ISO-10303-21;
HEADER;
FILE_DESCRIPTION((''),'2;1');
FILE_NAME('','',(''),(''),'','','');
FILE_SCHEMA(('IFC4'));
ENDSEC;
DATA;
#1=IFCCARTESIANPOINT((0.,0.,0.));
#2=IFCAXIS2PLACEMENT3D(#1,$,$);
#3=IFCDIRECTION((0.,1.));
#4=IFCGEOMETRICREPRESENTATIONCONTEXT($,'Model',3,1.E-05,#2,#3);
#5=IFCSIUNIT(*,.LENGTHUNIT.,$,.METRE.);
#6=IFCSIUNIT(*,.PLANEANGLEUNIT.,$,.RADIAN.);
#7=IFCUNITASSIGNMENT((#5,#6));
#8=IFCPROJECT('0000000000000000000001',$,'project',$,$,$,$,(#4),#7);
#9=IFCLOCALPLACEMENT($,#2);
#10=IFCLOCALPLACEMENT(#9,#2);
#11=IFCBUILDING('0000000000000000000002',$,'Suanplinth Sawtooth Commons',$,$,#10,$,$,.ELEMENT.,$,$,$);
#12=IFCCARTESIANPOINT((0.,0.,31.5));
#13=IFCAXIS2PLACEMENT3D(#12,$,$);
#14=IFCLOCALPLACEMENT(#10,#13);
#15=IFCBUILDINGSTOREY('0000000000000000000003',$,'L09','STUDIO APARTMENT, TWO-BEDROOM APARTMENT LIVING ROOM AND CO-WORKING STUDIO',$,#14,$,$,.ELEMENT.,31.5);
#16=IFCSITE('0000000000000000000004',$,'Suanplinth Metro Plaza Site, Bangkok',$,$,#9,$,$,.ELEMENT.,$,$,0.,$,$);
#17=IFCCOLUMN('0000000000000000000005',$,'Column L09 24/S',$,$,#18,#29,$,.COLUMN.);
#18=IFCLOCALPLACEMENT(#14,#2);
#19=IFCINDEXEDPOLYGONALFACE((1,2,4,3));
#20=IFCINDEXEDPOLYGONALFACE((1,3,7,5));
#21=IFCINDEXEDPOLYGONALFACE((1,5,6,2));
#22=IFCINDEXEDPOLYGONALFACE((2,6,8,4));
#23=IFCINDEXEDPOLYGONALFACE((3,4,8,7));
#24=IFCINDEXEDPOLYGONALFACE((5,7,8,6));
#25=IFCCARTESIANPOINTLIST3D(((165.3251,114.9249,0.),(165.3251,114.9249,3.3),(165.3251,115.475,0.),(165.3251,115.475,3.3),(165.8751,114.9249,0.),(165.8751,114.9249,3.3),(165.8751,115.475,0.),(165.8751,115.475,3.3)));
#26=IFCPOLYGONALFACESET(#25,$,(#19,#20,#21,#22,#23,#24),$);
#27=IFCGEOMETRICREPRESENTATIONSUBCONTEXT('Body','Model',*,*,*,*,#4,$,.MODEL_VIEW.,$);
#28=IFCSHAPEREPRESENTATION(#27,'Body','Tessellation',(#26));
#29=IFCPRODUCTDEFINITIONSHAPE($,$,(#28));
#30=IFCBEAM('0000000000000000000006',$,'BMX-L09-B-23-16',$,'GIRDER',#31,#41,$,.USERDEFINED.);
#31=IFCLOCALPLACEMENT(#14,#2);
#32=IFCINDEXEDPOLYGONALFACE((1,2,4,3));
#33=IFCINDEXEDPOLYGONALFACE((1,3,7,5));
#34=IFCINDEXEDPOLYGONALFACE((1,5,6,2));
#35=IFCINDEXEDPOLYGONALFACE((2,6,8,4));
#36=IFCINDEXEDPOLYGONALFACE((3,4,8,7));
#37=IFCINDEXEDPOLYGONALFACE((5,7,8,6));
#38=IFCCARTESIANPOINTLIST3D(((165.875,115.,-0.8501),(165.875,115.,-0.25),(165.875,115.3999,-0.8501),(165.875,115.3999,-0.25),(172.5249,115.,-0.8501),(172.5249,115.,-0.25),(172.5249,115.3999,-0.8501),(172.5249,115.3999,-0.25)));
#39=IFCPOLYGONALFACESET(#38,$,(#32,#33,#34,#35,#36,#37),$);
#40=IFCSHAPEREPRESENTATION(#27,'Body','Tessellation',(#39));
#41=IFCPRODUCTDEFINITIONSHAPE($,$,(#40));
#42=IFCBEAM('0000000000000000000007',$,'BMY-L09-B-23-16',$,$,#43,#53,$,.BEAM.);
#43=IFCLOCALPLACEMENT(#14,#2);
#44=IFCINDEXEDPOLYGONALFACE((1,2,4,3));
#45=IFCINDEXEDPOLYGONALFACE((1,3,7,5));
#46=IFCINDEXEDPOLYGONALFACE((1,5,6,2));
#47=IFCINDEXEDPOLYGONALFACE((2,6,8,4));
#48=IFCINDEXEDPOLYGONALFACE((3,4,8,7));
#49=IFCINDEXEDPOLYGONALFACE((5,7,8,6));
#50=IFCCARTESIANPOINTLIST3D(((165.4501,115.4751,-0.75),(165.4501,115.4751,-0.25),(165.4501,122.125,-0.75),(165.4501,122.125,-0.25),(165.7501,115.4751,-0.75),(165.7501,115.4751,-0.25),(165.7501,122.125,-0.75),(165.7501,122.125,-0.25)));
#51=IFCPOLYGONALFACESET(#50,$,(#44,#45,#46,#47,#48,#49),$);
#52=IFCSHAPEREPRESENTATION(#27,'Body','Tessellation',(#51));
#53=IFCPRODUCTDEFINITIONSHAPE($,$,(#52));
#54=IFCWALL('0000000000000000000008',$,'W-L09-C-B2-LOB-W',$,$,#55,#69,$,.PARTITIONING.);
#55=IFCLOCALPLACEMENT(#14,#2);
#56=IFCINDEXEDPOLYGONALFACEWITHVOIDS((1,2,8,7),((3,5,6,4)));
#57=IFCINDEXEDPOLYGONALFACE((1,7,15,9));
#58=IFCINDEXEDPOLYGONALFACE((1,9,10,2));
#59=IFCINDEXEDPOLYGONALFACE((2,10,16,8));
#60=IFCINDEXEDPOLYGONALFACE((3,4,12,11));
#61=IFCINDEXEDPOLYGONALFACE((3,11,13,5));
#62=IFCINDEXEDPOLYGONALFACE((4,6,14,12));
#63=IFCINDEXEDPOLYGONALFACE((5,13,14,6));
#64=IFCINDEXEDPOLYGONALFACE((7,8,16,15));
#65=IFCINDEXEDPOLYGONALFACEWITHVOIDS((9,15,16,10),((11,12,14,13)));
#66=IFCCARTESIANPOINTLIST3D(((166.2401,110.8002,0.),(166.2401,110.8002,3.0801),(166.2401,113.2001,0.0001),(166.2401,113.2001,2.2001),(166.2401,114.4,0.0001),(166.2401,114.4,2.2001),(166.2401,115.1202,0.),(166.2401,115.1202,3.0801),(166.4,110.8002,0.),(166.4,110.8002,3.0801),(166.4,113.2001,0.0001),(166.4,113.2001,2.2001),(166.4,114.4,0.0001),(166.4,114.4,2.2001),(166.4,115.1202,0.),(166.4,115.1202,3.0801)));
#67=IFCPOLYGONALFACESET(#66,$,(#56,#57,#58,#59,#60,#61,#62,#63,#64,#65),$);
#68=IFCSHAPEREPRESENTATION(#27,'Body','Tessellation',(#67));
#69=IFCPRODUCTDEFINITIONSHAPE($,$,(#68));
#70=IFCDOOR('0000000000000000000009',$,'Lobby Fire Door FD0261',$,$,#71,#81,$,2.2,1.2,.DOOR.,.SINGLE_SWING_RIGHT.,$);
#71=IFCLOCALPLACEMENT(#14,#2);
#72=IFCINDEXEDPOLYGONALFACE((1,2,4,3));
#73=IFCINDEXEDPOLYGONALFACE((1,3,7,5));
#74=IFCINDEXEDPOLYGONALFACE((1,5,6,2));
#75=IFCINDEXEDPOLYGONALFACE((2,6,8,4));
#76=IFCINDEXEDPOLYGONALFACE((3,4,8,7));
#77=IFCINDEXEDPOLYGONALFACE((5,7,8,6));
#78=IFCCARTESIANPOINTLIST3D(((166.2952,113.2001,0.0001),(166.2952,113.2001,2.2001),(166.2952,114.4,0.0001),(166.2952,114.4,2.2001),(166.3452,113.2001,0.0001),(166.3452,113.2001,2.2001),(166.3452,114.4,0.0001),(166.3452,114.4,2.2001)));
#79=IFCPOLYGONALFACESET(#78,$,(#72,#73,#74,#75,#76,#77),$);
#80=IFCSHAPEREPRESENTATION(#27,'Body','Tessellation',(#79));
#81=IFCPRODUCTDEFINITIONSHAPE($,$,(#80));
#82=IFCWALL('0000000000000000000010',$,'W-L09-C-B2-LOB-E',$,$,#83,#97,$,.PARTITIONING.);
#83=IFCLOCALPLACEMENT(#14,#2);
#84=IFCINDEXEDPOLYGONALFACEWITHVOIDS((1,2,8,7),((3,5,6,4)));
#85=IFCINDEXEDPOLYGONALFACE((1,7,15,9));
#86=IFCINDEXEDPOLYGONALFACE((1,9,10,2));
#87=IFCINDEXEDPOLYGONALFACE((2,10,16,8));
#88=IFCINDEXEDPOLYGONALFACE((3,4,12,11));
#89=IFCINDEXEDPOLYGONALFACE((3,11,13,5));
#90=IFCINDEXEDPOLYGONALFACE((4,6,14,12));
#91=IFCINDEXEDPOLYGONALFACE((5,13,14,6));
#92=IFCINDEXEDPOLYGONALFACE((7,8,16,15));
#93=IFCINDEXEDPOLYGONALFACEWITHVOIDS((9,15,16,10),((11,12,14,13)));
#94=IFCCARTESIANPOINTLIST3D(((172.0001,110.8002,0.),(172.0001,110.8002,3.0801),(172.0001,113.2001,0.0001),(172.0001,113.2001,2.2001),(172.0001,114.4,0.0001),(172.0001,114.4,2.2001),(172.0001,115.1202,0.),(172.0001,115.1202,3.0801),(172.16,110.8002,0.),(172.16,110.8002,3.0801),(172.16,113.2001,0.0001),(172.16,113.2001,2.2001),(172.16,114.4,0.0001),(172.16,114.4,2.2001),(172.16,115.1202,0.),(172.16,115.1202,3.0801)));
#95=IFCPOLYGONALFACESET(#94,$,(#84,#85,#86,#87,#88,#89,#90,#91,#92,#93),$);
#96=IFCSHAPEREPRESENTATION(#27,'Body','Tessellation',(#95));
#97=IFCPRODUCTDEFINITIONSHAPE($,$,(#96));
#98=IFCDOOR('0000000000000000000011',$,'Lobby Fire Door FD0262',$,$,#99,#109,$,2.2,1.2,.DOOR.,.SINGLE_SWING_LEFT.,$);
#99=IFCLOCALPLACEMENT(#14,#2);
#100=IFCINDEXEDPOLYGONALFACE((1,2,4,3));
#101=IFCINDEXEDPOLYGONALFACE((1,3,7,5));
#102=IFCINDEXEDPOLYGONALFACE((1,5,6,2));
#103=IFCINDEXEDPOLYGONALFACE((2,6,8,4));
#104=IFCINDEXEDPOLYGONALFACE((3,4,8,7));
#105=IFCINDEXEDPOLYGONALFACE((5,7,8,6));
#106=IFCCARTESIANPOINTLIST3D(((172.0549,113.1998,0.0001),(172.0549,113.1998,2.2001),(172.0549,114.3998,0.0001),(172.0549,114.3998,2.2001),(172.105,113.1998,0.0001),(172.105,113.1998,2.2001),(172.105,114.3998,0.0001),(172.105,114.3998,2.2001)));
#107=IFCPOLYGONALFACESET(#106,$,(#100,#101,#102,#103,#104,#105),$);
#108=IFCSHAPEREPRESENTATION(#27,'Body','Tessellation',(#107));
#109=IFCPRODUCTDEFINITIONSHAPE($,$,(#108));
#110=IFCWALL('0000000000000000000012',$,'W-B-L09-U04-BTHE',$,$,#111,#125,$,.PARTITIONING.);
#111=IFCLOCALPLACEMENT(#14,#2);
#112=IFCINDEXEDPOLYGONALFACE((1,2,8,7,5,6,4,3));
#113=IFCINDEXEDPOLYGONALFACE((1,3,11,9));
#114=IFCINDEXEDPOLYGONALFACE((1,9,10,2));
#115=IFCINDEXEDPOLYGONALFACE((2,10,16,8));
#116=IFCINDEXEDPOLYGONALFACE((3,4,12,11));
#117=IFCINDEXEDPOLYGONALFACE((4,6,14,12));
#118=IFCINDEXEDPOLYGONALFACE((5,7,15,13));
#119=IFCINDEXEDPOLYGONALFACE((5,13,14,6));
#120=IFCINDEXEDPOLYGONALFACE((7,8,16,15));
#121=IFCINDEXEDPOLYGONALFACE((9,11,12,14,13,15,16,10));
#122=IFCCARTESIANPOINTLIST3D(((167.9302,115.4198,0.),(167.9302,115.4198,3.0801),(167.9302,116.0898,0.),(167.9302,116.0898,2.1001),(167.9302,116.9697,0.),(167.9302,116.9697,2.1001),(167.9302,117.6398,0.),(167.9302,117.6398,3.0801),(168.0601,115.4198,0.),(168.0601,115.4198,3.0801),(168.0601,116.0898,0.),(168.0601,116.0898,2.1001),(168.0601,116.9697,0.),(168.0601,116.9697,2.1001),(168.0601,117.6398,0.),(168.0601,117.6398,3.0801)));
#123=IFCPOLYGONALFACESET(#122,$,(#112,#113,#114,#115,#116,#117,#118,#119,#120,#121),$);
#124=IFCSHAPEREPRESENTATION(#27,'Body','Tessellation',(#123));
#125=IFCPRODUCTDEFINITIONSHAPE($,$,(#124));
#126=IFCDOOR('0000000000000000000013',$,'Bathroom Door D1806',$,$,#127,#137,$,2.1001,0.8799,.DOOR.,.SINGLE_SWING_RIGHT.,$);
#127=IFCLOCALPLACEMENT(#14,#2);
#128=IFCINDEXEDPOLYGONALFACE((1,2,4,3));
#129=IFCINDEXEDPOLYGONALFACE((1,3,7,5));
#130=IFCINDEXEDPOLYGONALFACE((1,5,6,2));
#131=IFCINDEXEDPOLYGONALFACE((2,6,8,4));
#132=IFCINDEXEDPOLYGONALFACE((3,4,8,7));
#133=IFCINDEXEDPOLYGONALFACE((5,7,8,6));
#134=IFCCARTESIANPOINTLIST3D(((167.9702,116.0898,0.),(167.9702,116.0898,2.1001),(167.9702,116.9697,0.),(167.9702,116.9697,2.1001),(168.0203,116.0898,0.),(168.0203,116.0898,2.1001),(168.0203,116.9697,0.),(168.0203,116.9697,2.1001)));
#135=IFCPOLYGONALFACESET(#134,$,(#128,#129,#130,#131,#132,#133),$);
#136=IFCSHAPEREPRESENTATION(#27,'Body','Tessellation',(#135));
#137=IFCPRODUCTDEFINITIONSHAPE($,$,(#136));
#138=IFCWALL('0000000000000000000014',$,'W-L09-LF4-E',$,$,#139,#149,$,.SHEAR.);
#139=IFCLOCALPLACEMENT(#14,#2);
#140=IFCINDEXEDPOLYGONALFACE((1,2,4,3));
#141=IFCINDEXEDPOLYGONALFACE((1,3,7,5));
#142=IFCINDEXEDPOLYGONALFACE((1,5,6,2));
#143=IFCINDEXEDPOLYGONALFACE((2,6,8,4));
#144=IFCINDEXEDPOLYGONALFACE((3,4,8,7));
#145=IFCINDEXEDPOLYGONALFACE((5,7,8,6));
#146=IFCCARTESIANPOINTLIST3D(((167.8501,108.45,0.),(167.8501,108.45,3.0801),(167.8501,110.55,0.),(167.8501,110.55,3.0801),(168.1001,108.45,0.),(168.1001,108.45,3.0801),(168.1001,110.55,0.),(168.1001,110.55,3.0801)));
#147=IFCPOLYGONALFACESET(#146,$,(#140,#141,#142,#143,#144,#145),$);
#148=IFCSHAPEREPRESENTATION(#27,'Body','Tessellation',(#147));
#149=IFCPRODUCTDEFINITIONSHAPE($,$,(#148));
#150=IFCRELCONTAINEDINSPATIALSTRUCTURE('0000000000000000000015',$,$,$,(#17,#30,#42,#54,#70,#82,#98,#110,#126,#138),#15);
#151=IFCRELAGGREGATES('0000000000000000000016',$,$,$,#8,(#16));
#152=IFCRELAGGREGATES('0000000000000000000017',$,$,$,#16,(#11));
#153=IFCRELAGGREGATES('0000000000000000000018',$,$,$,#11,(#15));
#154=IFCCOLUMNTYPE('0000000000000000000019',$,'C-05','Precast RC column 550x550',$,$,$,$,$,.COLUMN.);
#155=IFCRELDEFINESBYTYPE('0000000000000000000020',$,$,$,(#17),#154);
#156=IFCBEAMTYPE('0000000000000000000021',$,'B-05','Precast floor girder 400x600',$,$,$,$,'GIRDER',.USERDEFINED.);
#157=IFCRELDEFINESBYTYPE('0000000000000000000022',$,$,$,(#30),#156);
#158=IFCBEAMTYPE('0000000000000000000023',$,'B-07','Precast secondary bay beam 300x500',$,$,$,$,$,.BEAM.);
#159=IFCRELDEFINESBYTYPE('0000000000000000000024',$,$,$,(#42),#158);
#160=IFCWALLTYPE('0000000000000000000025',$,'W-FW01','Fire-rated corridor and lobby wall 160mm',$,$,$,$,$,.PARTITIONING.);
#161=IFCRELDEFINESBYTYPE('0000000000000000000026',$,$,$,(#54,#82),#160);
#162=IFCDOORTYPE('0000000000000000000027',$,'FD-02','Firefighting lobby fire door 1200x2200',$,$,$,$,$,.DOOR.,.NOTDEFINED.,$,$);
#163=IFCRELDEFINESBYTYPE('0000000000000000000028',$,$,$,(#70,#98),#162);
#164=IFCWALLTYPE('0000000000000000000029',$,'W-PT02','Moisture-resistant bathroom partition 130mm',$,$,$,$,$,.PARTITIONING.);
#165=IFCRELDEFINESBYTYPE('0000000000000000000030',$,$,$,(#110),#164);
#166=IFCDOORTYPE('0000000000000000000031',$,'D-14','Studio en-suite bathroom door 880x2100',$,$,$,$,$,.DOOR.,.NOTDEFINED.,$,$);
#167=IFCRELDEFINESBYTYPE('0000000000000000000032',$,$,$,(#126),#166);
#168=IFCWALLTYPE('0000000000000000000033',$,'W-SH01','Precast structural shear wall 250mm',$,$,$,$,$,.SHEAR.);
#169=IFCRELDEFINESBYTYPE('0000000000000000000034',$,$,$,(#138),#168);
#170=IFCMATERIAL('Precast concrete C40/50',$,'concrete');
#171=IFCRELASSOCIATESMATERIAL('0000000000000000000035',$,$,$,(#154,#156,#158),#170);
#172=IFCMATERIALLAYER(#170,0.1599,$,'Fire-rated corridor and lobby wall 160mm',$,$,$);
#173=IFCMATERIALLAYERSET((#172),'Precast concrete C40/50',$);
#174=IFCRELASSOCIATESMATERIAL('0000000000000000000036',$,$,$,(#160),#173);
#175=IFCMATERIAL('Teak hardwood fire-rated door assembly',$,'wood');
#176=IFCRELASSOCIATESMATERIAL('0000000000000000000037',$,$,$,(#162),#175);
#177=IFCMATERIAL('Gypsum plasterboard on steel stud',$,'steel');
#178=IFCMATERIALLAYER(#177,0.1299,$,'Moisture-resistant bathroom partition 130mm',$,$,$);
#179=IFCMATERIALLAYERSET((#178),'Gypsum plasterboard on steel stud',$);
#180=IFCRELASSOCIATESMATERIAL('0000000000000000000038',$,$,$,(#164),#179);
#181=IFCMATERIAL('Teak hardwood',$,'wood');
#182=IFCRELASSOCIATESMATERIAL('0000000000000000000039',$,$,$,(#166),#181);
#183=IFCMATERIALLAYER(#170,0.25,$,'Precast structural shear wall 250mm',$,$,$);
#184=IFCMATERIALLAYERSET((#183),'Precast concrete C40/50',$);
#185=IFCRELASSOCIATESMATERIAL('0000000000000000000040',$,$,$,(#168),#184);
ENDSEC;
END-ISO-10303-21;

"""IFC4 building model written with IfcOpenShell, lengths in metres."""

from ifc_helpers import new_model, si_unit, direction, frame, frame_2d, origin, origin_2d, place, context, subcontext, project, spatial, rectangle, extrude, material, layer, layer_set, material_profile, profile_set, type_object, element, fill, save


model = new_model("IFC4")

# Units and contexts
model_context = context("Model", 3, precision=1e-05, world=origin(), true_north=direction((0.0, 1.0)))
body_context = subcontext(model_context, "Body", "Model", "MODEL_VIEW")
ifc_project = project(units=[si_unit("LENGTHUNIT", "METRE"), si_unit("PLANEANGLEUNIT", "RADIAN")], contexts=[model_context])

# Site, building, storey
site_placement = place(None, origin())
site = spatial("IfcSite", under=ifc_project, at=site_placement, Name="Suanplinth Metro Plaza Site, Bangkok", CompositionType="ELEMENT", RefElevation=0.0)
building_placement = place(site_placement, origin())
building = spatial("IfcBuilding", under=site, at=building_placement, Name="Suanplinth Sawtooth Commons", CompositionType="ELEMENT")
storey_placement = place(building_placement, frame((0.0, 0.0, 31.5)))
storey = spatial("IfcBuildingStorey", under=building, at=storey_placement, Name="L09", Description="STUDIO APARTMENT, TWO-BEDROOM APARTMENT LIVING ROOM AND CO-WORKING STUDIO", CompositionType="ELEMENT", Elevation=31.5)

# Column
ifc_material_1 = material(Name="Precast concrete C40/50", Category="concrete")
ifc_material_profile_1 = material_profile(ifc_material_1, rectangle(XDim=0.55, YDim=0.55, at=origin_2d()), Name="PC-COL 550x550")
ifc_profile_set_1 = profile_set([ifc_material_profile_1], Name="Precast concrete C40/50")
column_type = type_object("IfcColumnType", Name="C-05", Description="Precast RC column 550x550", PredefinedType="COLUMN", material=ifc_profile_set_1)
column_placement = place(storey_placement, frame((165.6001, 115.2, 0.0), z_axis=(0.0, 0.0, 1.0), x_axis=(1.0, 0.0, 0.0)))
element("IfcColumn", 1, at=column_placement, inside=storey, type_object=column_type, Name="Column L09 24/S", PredefinedType="COLUMN", context=body_context, shape_type="SweptSolid", body=[
    extrude(rectangle(XDim=0.55, YDim=0.55, at=origin_2d()), origin(), (0.0, 0.0, 1.0), 3.3),
])

# Beams
ifc_material_profile_2 = material_profile(ifc_material_1, rectangle(XDim=0.3999, YDim=0.6001, at=origin_2d()), Name="PC-GDR 400x600")
ifc_profile_set_2 = profile_set([ifc_material_profile_2], Name="Precast concrete C40/50")
beam_type_1 = type_object("IfcBeamType", Name="B-05", Description="Precast floor girder 400x600", ElementType="GIRDER", PredefinedType="USERDEFINED", material=ifc_profile_set_2)
beam_1_placement = place(storey_placement, frame((165.875, 115.2, -0.55), z_axis=(1.0, 0.0, 0.0), x_axis=(0.0, 1.0, 0.0)))
element("IfcBeam", 2, at=beam_1_placement, inside=storey, type_object=beam_type_1, Name="BMX-L09-B-23-16", ObjectType="GIRDER", PredefinedType="USERDEFINED", context=body_context, shape_type="SweptSolid", body=[
    extrude(rectangle(XDim=0.3999, YDim=0.6001, at=origin_2d()), origin(), (0.0, 0.0, 1.0), 6.6499),
])
ifc_material_profile_3 = material_profile(ifc_material_1, rectangle(XDim=0.3, YDim=0.5, at=origin_2d()), Name="PC-BM 300x500")
ifc_profile_set_3 = profile_set([ifc_material_profile_3], Name="Precast concrete C40/50")
beam_type_2 = type_object("IfcBeamType", Name="B-07", Description="Precast secondary bay beam 300x500", PredefinedType="BEAM", material=ifc_profile_set_3)
beam_2_placement = place(storey_placement, frame((165.6001, 115.4751, -0.5), z_axis=(0.0, 1.0, 0.0), x_axis=(-1.0, 0.0, 0.0)))
element("IfcBeam", 3, at=beam_2_placement, inside=storey, type_object=beam_type_2, Name="BMY-L09-B-23-16", PredefinedType="BEAM", context=body_context, shape_type="SweptSolid", body=[
    extrude(rectangle(XDim=0.3, YDim=0.5, at=origin_2d()), origin(), (0.0, 0.0, 1.0), 6.6499),
])

# Walls, openings, doors
ifc_layer_1 = layer(ifc_material_1, 0.1599, Name="Fire-rated corridor and lobby wall 160mm")
ifc_layer_set_1 = layer_set([ifc_layer_1], Name="Precast concrete C40/50")
wall_type_1 = type_object("IfcWallType", Name="W-FW01", Description="Fire-rated corridor and lobby wall 160mm", PredefinedType="PARTITIONING", material=ifc_layer_set_1)
wall_1_placement = place(storey_placement, frame((166.3201, 110.8, 0.0), z_axis=(0.0, 0.0, 1.0), x_axis=(0.0, 1.0, 0.0)))
wall_1 = element("IfcWall", 4, at=wall_1_placement, inside=storey, type_object=wall_type_1, Name="W-L09-C-B2-LOB-W", PredefinedType="PARTITIONING", context=body_context, shape_type="SweptSolid", body=[
    extrude(rectangle(XDim=4.3201, YDim=0.1599, at=frame_2d((2.1602, 0.0))), origin(), (0.0, 0.0, 1.0), 3.0801),
])
opening_1_placement = place(wall_1_placement, frame((2.3999, 0.0, 0.0)))
opening_1 = element("IfcOpeningElement", 5, at=opening_1_placement, cuts=wall_1, PredefinedType="OPENING", context=body_context, shape_type="SweptSolid", body=[
    extrude(rectangle(XDim=1.2, YDim=2.2, at=frame_2d((0.6001, 1.1001))), frame((0.0, 0.0947, 0.0), z_axis=(0.0, -1.0, 0.0), x_axis=(1.0, 0.0, 0.0)), (0.0, 0.0, 1.0), 0.1897),
])
ifc_material_2 = material(Name="Teak hardwood fire-rated door assembly", Category="wood")
door_type_1 = type_object("IfcDoorType", Name="FD-02", Description="Firefighting lobby fire door 1200x2200", OperationType="NOTDEFINED", PredefinedType="DOOR", material=ifc_material_2)
door_1_placement = place(opening_1_placement, origin())
door_1 = element("IfcDoor", 6, at=door_1_placement, inside=storey, type_object=door_type_1, Name="Lobby Fire Door FD0261", OperationType="SINGLE_SWING_RIGHT", OverallHeight=2.2, OverallWidth=1.2, PredefinedType="DOOR", context=body_context, shape_type="SweptSolid", body=[
    extrude(rectangle(XDim=1.2, YDim=2.2, at=frame_2d((0.6001, 1.1001))), frame((0.0, 0.0249, 0.0), z_axis=(0.0, -1.0, 0.0), x_axis=(1.0, 0.0, 0.0)), (0.0, 0.0, 1.0), 0.05),
])
fill(opening_1, door_1)
wall_2_placement = place(storey_placement, frame((172.0801, 110.8, 0.0), z_axis=(0.0, 0.0, 1.0), x_axis=(0.0, 1.0, 0.0)))
wall_2 = element("IfcWall", 7, at=wall_2_placement, inside=storey, type_object=wall_type_1, Name="W-L09-C-B2-LOB-E", PredefinedType="PARTITIONING", context=body_context, shape_type="SweptSolid", body=[
    extrude(rectangle(XDim=4.3201, YDim=0.1599, at=frame_2d((2.1602, 0.0))), origin(), (0.0, 0.0, 1.0), 3.0801),
])
opening_2_placement = place(wall_2_placement, frame((2.3999, 0.0, 0.0)))
opening_2 = element("IfcOpeningElement", 8, at=opening_2_placement, cuts=wall_2, PredefinedType="OPENING", context=body_context, shape_type="SweptSolid", body=[
    extrude(rectangle(XDim=1.2, YDim=2.2, at=frame_2d((0.6001, 1.1001))), frame((0.0, 0.0947, 0.0), z_axis=(0.0, -1.0, 0.0), x_axis=(1.0, 0.0, 0.0)), (0.0, 0.0, 1.0), 0.1897),
])
door_2_placement = place(opening_2_placement, frame((1.2, 0.0, 0.0), z_axis=(0.0, 0.0, 1.0), x_axis=(-1.0, 0.0, 0.0)))
door_2 = element("IfcDoor", 9, at=door_2_placement, inside=storey, type_object=door_type_1, Name="Lobby Fire Door FD0262", OperationType="SINGLE_SWING_LEFT", OverallHeight=2.2, OverallWidth=1.2, PredefinedType="DOOR", context=body_context, shape_type="SweptSolid", body=[
    extrude(rectangle(XDim=1.2, YDim=2.2, at=frame_2d((0.6001, 1.1001))), frame((0.0, 0.0249, 0.0), z_axis=(0.0, -1.0, 0.0), x_axis=(1.0, 0.0, 0.0)), (0.0, 0.0, 1.0), 0.05),
])
fill(opening_2, door_2)
ifc_material_3 = material(Name="Gypsum plasterboard on steel stud", Category="steel")
ifc_layer_2 = layer(ifc_material_3, 0.1299, Name="Moisture-resistant bathroom partition 130mm")
ifc_layer_set_2 = layer_set([ifc_layer_2], Name="Gypsum plasterboard on steel stud")
wall_type_2 = type_object("IfcWallType", Name="W-PT02", Description="Moisture-resistant bathroom partition 130mm", PredefinedType="PARTITIONING", material=ifc_layer_set_2)
wall_3_placement = place(storey_placement, frame((167.9951, 115.4199, 0.0), z_axis=(0.0, 0.0, 1.0), x_axis=(0.0, 1.0, 0.0)))
wall_3 = element("IfcWall", 10, at=wall_3_placement, inside=storey, type_object=wall_type_2, Name="W-B-L09-U04-BTHE", PredefinedType="PARTITIONING", context=body_context, shape_type="SweptSolid", body=[
    extrude(rectangle(XDim=2.22, YDim=0.1299, at=frame_2d((1.1099, 0.0))), origin(), (0.0, 0.0, 1.0), 3.0801),
])
opening_3_placement = place(wall_3_placement, frame((0.6699, 0.0, 0.0)))
opening_3 = element("IfcOpeningElement", 11, at=opening_3_placement, cuts=wall_3, PredefinedType="OPENING", context=body_context, shape_type="SweptSolid", body=[
    extrude(rectangle(XDim=0.8799, YDim=2.1001, at=frame_2d((0.4399, 1.05))), frame((0.0, 0.0798, 0.0), z_axis=(0.0, -1.0, 0.0), x_axis=(1.0, 0.0, 0.0)), (0.0, 0.0, 1.0), 0.1597),
])
ifc_material_4 = material(Name="Teak hardwood", Category="wood")
door_type_2 = type_object("IfcDoorType", Name="D-14", Description="Studio en-suite bathroom door 880x2100", OperationType="NOTDEFINED", PredefinedType="DOOR", material=ifc_material_4)
door_3_placement = place(opening_3_placement, origin())
door_3 = element("IfcDoor", 12, at=door_3_placement, inside=storey, type_object=door_type_2, Name="Bathroom Door D1806", OperationType="SINGLE_SWING_RIGHT", OverallHeight=2.1001, OverallWidth=0.8799, PredefinedType="DOOR", context=body_context, shape_type="SweptSolid", body=[
    extrude(rectangle(XDim=0.8799, YDim=2.1001, at=frame_2d((0.4399, 1.05))), frame((0.0, 0.0249, 0.0), z_axis=(0.0, -1.0, 0.0), x_axis=(1.0, 0.0, 0.0)), (0.0, 0.0, 1.0), 0.05),
])
fill(opening_3, door_3)
ifc_layer_3 = layer(ifc_material_1, 0.25, Name="Precast structural shear wall 250mm")
ifc_layer_set_3 = layer_set([ifc_layer_3], Name="Precast concrete C40/50")
wall_type_3 = type_object("IfcWallType", Name="W-SH01", Description="Precast structural shear wall 250mm", PredefinedType="SHEAR", material=ifc_layer_set_3)

# Wall
wall_4_placement = place(storey_placement, frame((167.9751, 108.45, 0.0), z_axis=(0.0, 0.0, 1.0), x_axis=(0.0, 1.0, 0.0)))
element("IfcWall", 13, at=wall_4_placement, inside=storey, type_object=wall_type_3, Name="W-L09-LF4-E", PredefinedType="SHEAR", context=body_context, shape_type="SweptSolid", body=[
    extrude(rectangle(XDim=2.1001, YDim=0.25, at=frame_2d((1.05, 0.0))), origin(), (0.0, 0.0, 1.0), 3.0801),
])

save(model, "model.ifc")
